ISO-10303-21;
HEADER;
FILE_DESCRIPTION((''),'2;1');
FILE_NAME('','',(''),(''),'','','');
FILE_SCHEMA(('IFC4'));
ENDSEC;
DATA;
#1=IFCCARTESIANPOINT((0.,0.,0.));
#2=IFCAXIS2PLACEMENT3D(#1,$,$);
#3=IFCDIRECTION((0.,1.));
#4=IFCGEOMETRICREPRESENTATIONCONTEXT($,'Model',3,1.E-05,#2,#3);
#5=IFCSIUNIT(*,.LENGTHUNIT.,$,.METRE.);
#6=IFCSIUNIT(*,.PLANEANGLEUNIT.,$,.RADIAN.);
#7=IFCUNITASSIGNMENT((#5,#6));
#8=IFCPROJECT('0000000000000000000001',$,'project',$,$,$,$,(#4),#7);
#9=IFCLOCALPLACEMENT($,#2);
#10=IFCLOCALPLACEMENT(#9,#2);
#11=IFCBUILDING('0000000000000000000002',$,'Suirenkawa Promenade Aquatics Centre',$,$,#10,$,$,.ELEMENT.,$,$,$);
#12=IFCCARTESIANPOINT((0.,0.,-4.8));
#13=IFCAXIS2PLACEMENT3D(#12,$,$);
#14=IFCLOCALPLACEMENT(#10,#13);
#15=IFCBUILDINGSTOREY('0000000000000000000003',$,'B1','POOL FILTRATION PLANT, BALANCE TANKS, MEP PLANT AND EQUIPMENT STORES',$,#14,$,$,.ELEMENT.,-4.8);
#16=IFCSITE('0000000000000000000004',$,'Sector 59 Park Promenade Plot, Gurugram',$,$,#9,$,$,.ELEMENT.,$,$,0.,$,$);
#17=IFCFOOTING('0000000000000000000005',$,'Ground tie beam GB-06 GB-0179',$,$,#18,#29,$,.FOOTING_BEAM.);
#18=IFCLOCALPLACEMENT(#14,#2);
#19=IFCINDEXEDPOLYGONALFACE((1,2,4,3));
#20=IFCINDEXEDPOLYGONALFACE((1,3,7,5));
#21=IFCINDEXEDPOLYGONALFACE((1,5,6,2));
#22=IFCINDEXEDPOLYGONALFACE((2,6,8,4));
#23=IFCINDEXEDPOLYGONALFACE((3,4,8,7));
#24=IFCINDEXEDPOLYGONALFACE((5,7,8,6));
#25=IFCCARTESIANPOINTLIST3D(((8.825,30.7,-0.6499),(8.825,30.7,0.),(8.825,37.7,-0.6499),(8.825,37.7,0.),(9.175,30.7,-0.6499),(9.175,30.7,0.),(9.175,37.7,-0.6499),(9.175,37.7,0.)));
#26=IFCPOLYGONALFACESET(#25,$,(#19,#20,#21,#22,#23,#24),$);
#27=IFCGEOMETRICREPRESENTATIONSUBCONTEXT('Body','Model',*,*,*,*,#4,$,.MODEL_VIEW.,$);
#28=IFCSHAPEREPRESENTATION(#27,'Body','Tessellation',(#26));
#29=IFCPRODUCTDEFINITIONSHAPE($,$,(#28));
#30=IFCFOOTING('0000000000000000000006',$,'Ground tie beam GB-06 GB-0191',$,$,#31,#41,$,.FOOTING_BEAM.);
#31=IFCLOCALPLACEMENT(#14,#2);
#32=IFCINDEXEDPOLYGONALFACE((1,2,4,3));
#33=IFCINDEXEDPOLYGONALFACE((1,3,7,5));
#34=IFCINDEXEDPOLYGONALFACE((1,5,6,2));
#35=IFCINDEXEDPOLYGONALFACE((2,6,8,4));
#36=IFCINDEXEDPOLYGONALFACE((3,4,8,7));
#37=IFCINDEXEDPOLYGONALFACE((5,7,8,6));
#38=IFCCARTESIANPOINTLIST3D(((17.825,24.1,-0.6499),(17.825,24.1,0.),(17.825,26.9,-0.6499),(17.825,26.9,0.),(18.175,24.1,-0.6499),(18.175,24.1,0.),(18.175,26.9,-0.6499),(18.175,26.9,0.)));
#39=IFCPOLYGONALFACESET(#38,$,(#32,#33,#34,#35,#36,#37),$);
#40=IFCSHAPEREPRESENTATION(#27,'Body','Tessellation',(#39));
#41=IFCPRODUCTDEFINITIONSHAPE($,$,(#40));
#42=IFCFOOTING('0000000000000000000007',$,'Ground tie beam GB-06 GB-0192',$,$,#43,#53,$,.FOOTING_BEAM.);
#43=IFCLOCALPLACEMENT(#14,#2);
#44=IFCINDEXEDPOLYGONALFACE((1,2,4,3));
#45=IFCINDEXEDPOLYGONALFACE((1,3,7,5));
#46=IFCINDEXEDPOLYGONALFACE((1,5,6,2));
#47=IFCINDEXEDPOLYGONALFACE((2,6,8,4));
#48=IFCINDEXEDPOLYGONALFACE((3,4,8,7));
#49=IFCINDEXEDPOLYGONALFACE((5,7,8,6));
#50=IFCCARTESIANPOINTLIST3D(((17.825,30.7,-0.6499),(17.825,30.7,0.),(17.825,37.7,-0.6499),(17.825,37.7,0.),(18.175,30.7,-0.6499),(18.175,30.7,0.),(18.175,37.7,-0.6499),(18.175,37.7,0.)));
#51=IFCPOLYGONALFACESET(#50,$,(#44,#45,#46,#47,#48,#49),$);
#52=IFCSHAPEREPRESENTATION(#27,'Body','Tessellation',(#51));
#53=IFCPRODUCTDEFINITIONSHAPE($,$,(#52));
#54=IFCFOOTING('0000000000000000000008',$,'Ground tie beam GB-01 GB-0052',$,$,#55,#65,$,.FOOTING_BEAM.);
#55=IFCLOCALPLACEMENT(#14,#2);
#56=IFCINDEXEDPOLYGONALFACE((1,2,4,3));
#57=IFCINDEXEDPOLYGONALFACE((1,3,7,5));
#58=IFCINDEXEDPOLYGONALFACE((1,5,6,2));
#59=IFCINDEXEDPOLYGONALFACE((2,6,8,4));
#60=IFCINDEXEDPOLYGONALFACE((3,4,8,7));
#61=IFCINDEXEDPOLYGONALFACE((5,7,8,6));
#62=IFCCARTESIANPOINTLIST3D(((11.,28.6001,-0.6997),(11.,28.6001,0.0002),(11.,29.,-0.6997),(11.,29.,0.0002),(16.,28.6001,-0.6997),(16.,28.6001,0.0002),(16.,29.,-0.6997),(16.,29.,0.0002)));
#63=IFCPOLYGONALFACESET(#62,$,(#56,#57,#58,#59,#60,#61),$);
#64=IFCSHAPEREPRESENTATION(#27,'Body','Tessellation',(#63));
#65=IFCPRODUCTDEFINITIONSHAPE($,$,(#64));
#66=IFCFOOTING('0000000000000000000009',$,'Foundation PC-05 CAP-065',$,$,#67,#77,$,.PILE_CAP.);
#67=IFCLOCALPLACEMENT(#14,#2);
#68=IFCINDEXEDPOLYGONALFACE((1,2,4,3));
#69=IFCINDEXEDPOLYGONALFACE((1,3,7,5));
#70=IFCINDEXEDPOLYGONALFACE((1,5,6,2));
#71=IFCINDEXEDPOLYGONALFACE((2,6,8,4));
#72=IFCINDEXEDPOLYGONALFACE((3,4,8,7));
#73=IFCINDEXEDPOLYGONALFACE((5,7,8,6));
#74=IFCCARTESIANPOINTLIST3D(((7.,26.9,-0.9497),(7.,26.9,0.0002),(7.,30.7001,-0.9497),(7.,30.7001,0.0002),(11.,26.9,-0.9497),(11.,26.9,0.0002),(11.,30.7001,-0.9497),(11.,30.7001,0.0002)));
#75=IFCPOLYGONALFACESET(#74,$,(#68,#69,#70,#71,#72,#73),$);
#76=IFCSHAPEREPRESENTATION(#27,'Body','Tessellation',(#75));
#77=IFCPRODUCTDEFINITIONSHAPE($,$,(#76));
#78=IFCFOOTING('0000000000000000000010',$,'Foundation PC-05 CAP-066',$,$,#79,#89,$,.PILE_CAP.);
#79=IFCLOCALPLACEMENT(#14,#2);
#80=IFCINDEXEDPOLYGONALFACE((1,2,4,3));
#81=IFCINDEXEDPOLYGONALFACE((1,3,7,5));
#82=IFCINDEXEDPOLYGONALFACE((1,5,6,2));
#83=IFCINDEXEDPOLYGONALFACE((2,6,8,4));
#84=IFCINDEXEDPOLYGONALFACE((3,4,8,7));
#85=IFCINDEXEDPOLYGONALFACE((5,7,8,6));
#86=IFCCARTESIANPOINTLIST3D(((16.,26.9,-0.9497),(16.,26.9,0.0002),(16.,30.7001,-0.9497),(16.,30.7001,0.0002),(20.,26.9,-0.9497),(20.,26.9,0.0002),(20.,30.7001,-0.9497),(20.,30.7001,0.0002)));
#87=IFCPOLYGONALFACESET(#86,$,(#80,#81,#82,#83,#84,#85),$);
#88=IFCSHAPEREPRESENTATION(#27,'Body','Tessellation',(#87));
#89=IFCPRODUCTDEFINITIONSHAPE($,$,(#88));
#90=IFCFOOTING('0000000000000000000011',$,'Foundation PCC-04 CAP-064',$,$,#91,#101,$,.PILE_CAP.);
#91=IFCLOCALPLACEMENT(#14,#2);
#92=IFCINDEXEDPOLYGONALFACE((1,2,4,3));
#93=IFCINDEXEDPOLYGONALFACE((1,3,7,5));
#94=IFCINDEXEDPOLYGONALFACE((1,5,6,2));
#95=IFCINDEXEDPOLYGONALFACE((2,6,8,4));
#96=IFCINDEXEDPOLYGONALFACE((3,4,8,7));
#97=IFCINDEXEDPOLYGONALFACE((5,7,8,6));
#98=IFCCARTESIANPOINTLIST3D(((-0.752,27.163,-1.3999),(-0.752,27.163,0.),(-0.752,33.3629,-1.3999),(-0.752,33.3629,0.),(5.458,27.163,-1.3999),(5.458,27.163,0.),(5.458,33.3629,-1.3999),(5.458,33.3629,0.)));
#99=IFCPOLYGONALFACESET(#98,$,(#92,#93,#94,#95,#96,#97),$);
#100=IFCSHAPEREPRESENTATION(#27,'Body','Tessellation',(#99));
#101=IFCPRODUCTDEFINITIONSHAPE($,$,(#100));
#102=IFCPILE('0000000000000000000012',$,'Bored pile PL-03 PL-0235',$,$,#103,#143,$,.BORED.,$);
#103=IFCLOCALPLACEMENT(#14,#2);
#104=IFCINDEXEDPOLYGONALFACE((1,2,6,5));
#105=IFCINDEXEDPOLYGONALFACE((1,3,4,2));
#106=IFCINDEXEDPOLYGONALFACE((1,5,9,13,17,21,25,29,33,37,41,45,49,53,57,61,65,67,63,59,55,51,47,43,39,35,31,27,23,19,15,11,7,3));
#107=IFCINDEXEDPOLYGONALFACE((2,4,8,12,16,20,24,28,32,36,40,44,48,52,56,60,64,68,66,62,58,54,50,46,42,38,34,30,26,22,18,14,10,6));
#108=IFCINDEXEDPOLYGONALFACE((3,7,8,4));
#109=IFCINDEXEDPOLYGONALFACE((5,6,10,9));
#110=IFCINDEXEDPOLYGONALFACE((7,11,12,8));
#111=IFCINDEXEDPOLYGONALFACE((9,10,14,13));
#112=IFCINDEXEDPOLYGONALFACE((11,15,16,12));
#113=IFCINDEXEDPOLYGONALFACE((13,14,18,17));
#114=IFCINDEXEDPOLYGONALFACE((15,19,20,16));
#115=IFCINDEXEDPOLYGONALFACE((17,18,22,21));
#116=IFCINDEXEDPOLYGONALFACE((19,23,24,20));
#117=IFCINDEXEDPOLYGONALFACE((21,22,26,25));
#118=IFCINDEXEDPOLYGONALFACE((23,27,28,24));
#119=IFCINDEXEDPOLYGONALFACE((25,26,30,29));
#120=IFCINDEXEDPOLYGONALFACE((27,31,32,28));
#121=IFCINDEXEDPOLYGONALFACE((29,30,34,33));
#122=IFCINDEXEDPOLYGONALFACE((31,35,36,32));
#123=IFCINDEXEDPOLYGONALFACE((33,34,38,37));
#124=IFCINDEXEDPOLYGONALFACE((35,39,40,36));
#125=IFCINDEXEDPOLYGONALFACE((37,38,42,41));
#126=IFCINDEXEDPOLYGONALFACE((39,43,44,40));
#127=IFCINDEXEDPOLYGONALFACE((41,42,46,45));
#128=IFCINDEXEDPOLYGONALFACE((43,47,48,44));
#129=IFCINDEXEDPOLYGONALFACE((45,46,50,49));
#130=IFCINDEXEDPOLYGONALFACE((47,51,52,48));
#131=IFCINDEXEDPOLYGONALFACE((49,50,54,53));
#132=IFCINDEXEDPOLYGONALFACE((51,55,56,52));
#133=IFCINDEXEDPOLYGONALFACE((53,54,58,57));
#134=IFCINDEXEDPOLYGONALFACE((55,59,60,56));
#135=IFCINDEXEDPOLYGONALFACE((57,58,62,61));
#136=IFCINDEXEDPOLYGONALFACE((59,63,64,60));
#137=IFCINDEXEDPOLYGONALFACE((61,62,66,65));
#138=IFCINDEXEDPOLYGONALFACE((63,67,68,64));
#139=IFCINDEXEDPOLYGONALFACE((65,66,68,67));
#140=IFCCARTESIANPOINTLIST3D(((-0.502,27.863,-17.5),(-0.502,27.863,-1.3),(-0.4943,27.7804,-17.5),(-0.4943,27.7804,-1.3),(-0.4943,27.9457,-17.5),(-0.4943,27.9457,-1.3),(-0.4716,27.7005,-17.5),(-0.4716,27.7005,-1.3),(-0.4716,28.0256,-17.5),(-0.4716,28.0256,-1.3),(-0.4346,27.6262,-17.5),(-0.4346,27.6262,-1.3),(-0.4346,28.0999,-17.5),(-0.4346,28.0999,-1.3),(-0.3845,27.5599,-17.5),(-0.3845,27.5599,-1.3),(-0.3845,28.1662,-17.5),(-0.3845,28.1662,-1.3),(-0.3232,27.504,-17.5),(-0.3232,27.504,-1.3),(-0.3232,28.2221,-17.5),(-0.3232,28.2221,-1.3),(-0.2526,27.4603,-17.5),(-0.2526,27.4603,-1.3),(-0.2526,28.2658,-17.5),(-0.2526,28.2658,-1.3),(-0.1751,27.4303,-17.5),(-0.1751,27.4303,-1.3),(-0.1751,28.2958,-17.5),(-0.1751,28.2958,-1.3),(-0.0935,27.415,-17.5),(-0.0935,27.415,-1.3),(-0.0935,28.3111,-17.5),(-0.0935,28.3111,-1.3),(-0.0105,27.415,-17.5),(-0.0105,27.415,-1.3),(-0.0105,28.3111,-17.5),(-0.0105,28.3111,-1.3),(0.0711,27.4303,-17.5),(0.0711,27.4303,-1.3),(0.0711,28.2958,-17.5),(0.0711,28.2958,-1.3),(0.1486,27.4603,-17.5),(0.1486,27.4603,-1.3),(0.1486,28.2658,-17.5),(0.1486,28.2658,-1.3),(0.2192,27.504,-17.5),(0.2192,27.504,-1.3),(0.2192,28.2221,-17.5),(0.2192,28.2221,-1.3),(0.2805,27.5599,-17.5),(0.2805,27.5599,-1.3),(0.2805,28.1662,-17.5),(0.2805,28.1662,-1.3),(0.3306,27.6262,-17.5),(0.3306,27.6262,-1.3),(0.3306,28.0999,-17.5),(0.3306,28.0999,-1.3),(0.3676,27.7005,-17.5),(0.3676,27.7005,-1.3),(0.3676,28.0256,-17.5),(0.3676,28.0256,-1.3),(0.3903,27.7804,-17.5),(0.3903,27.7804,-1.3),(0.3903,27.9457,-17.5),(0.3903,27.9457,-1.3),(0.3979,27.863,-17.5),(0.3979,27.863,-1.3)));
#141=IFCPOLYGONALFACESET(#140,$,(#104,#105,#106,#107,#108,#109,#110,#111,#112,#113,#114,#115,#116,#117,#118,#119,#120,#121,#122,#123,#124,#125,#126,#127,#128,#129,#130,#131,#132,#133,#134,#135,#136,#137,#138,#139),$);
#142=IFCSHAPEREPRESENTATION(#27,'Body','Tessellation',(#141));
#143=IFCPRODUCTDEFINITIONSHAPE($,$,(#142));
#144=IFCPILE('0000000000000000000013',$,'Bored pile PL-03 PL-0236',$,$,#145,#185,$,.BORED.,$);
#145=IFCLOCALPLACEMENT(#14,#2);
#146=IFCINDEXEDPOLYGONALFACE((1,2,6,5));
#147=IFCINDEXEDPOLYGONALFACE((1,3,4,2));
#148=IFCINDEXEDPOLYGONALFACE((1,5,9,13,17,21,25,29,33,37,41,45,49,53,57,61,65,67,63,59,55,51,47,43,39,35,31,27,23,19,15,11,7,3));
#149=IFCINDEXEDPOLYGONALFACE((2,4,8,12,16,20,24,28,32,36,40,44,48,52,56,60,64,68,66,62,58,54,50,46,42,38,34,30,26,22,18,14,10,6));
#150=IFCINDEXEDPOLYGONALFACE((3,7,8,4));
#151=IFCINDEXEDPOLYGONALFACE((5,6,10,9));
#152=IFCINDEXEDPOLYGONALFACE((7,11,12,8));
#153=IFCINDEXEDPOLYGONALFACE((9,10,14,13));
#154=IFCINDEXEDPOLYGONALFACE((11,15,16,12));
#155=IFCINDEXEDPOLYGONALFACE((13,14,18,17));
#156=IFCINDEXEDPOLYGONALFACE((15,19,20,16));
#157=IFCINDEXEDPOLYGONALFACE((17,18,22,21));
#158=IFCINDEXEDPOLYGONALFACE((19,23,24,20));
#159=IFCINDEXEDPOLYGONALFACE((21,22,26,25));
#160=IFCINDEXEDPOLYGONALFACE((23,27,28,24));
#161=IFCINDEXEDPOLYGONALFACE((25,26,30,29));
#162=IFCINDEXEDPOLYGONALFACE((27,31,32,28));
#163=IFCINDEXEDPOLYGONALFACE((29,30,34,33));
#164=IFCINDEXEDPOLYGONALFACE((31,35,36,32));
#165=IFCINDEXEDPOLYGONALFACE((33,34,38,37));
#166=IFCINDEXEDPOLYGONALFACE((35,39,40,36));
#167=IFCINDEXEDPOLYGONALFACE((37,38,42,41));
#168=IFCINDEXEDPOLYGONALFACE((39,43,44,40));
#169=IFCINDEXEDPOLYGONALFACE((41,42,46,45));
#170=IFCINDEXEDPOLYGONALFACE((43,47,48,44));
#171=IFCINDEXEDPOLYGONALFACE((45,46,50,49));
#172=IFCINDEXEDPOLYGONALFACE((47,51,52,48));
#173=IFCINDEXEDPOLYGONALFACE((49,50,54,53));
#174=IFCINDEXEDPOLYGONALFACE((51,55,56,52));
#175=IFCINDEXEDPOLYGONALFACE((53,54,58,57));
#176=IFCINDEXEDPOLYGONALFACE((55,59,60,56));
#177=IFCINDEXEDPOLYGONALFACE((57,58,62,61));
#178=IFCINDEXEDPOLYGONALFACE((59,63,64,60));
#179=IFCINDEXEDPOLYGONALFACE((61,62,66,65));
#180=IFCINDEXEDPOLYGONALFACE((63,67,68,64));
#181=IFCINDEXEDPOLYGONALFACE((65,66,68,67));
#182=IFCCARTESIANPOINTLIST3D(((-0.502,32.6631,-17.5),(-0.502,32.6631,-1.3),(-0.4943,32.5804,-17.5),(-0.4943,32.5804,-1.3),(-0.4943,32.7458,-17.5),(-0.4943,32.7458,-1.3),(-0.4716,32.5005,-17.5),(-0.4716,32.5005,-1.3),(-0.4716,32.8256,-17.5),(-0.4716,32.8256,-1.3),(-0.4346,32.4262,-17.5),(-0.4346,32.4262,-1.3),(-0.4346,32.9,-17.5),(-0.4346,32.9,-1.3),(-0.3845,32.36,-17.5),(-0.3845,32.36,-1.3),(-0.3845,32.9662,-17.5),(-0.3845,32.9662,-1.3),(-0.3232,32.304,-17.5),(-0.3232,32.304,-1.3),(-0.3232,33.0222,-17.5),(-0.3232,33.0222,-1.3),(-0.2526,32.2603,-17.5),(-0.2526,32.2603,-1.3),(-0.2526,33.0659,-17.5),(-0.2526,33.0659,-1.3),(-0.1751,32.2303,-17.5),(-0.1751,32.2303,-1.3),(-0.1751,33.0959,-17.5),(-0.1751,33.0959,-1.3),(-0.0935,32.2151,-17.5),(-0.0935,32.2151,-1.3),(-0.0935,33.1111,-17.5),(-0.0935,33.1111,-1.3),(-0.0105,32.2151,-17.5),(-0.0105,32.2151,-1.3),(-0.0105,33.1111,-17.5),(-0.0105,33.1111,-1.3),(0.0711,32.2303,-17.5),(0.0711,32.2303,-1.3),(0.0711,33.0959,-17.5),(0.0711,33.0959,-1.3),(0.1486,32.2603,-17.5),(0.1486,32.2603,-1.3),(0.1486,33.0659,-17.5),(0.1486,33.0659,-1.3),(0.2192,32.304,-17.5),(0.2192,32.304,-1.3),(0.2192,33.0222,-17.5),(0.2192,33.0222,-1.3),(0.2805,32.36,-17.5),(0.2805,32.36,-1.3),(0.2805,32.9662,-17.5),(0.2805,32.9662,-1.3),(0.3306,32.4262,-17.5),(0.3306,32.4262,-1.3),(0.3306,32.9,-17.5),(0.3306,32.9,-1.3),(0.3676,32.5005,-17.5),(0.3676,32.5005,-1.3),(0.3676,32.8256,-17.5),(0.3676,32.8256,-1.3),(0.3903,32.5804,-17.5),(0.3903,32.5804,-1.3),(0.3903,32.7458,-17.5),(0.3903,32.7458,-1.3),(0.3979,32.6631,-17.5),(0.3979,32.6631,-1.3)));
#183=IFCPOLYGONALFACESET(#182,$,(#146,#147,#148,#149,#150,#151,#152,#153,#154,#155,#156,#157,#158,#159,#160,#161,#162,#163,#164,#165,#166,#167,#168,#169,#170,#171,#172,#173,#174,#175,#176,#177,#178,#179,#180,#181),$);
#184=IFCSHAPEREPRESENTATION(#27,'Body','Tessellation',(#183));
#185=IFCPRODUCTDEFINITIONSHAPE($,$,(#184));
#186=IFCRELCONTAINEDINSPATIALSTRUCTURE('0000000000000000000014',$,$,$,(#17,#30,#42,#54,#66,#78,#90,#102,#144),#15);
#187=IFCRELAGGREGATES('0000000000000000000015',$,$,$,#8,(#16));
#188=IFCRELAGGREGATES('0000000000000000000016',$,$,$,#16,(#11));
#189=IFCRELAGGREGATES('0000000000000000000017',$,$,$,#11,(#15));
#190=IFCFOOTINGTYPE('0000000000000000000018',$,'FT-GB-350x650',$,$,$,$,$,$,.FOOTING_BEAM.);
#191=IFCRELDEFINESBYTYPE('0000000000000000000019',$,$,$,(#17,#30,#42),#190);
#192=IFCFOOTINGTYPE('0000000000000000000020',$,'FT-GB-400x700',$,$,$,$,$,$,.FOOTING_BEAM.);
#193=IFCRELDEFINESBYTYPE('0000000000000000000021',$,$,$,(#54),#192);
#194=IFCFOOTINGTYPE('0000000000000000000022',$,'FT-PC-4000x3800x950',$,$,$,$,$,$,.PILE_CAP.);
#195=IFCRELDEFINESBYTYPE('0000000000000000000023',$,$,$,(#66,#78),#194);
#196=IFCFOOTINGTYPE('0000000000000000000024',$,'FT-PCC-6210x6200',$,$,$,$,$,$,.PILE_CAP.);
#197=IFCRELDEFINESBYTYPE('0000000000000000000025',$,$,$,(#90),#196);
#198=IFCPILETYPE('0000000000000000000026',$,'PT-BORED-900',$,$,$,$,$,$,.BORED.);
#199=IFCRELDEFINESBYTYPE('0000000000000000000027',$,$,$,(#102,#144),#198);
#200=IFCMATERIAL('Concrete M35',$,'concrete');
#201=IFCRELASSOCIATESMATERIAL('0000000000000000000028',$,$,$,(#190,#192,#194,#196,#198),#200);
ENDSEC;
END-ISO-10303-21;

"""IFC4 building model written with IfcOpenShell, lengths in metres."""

from ifc_helpers import new_model, si_unit, direction, frame, origin, origin_2d, place, context, subcontext, project, spatial, rectangle, circle, extrude, material, material_profile, profile_set, type_object, element, save


model = new_model("IFC4")

# Units and contexts
model_context = context("Model", 3, precision=1e-05, world=origin(), true_north=direction((0.0, 1.0)))
body_context = subcontext(model_context, "Body", "Model", "MODEL_VIEW")
ifc_project = project(units=[si_unit("LENGTHUNIT", "METRE"), si_unit("PLANEANGLEUNIT", "RADIAN")], contexts=[model_context])

# Site, building, storey
site_placement = place(None, origin())
site = spatial("IfcSite", under=ifc_project, at=site_placement, Name="Sector 59 Park Promenade Plot, Gurugram", CompositionType="ELEMENT", RefElevation=0.0)
building_placement = place(site_placement, origin())
building = spatial("IfcBuilding", under=site, at=building_placement, Name="Suirenkawa Promenade Aquatics Centre", CompositionType="ELEMENT")
storey_placement = place(building_placement, frame((0.0, 0.0, -4.8)))
storey = spatial("IfcBuildingStorey", under=building, at=storey_placement, Name="B1", Description="POOL FILTRATION PLANT, BALANCE TANKS, MEP PLANT AND EQUIPMENT STORES", CompositionType="ELEMENT", Elevation=-4.8)

# Footings
ifc_material_1 = material(Name="Concrete M35", Category="concrete")
footing_type_1 = type_object("IfcFootingType", Name="FT-GB-350x650", PredefinedType="FOOTING_BEAM", material=ifc_material_1)
footing_1_placement = place(storey_placement, frame((9.0, 34.2, -0.6499), z_axis=(0.0, 0.0, 1.0), x_axis=(0.0, 1.0, 0.0)))
element("IfcFooting", 1, at=footing_1_placement, inside=storey, type_object=footing_type_1, Name="Ground tie beam GB-06 GB-0179", PredefinedType="FOOTING_BEAM", context=body_context, shape_type="SweptSolid", body=[
    extrude(rectangle(XDim=7.0, YDim=0.3501, at=origin_2d()), origin(), (0.0, 0.0, 1.0), 0.6499),
])
footing_2_placement = place(storey_placement, frame((18.0, 25.5, -0.6499), z_axis=(0.0, 0.0, 1.0), x_axis=(0.0, 1.0, 0.0)))
element("IfcFooting", 2, at=footing_2_placement, inside=storey, type_object=footing_type_1, Name="Ground tie beam GB-06 GB-0191", PredefinedType="FOOTING_BEAM", context=body_context, shape_type="SweptSolid", body=[
    extrude(rectangle(XDim=2.8, YDim=0.3501, at=origin_2d()), origin(), (0.0, 0.0, 1.0), 0.6499),
])
footing_3_placement = place(storey_placement, frame((18.0, 34.2, -0.6499), z_axis=(0.0, 0.0, 1.0), x_axis=(0.0, 1.0, 0.0)))
element("IfcFooting", 3, at=footing_3_placement, inside=storey, type_object=footing_type_1, Name="Ground tie beam GB-06 GB-0192", PredefinedType="FOOTING_BEAM", context=body_context, shape_type="SweptSolid", body=[
    extrude(rectangle(XDim=7.0, YDim=0.3501, at=origin_2d()), origin(), (0.0, 0.0, 1.0), 0.6499),
])
footing_type_2 = type_object("IfcFootingType", Name="FT-GB-400x700", PredefinedType="FOOTING_BEAM", material=ifc_material_1)
footing_4_placement = place(storey_placement, frame((13.5, 28.8, -0.6997), z_axis=(0.0, 0.0, 1.0), x_axis=(1.0, 0.0, 0.0)))
element("IfcFooting", 4, at=footing_4_placement, inside=storey, type_object=footing_type_2, Name="Ground tie beam GB-01 GB-0052", PredefinedType="FOOTING_BEAM", context=body_context, shape_type="SweptSolid", body=[
    extrude(rectangle(XDim=5.0, YDim=0.3999, at=origin_2d()), origin(), (0.0, 0.0, 1.0), 0.7),
])
footing_type_3 = type_object("IfcFootingType", Name="FT-PC-4000x3800x950", PredefinedType="PILE_CAP", material=ifc_material_1)
for number, where, z_axis, x_axis, name in (
    (5, (9.0, 28.8, -0.9497), (0.0, 0.0, 1.0), (1.0, 0.0, 0.0), "Foundation PC-05 CAP-065"),
    (6, (18.0, 28.8, -0.9497), (0.0, 0.0, 1.0), (1.0, 0.0, 0.0), "Foundation PC-05 CAP-066"),
):
    element("IfcFooting", number, at=place(storey_placement, frame(where, z_axis=z_axis, x_axis=x_axis)), inside=storey, type_object=footing_type_3, Name=name, PredefinedType="PILE_CAP", context=body_context, shape_type="SweptSolid", body=[
        extrude(rectangle(XDim=4.0, YDim=3.8, at=origin_2d()), origin(), (0.0, 0.0, 1.0), 0.95),
    ])
footing_type_4 = type_object("IfcFootingType", Name="FT-PCC-6210x6200", PredefinedType="PILE_CAP", material=ifc_material_1)
footing_5_placement = place(storey_placement, frame((2.353, 30.2629, -1.3999), z_axis=(0.0, 0.0, 1.0), x_axis=(1.0, 0.0, 0.0)))
element("IfcFooting", 7, at=footing_5_placement, inside=storey, type_object=footing_type_4, Name="Foundation PCC-04 CAP-064", PredefinedType="PILE_CAP", context=body_context, shape_type="SweptSolid", body=[
    extrude(rectangle(XDim=6.21, YDim=6.2, at=origin_2d()), origin(), (0.0, 0.0, 1.0), 1.3999),
])

# Piles
ifc_material_profile_1 = material_profile(ifc_material_1, circle(Radius=0.45, at=origin_2d()), Name="PILE D900", Category="concrete")
ifc_profile_set_1 = profile_set([ifc_material_profile_1], Name="Concrete M35")
pile_type = type_object("IfcPileType", Name="PT-BORED-900", PredefinedType="BORED", material=ifc_profile_set_1)
for number, where, z_axis, x_axis, name in (
    (8, (-0.052, 27.863, -1.3), (0.0, 0.0, -1.0), (1.0, 0.0, 0.0), "Bored pile PL-03 PL-0235"),
    (9, (-0.052, 32.6631, -1.3), (0.0, 0.0, -1.0), (1.0, 0.0, 0.0), "Bored pile PL-03 PL-0236"),
):
    element("IfcPile", number, at=place(storey_placement, frame(where, z_axis=z_axis, x_axis=x_axis)), inside=storey, type_object=pile_type, Name=name, PredefinedType="BORED", context=body_context, shape_type="SweptSolid", body=[
        extrude(circle(Radius=0.45, at=origin_2d()), origin(), (0.0, 0.0, 1.0), 16.2),
    ])

save(model, "model.ifc")
